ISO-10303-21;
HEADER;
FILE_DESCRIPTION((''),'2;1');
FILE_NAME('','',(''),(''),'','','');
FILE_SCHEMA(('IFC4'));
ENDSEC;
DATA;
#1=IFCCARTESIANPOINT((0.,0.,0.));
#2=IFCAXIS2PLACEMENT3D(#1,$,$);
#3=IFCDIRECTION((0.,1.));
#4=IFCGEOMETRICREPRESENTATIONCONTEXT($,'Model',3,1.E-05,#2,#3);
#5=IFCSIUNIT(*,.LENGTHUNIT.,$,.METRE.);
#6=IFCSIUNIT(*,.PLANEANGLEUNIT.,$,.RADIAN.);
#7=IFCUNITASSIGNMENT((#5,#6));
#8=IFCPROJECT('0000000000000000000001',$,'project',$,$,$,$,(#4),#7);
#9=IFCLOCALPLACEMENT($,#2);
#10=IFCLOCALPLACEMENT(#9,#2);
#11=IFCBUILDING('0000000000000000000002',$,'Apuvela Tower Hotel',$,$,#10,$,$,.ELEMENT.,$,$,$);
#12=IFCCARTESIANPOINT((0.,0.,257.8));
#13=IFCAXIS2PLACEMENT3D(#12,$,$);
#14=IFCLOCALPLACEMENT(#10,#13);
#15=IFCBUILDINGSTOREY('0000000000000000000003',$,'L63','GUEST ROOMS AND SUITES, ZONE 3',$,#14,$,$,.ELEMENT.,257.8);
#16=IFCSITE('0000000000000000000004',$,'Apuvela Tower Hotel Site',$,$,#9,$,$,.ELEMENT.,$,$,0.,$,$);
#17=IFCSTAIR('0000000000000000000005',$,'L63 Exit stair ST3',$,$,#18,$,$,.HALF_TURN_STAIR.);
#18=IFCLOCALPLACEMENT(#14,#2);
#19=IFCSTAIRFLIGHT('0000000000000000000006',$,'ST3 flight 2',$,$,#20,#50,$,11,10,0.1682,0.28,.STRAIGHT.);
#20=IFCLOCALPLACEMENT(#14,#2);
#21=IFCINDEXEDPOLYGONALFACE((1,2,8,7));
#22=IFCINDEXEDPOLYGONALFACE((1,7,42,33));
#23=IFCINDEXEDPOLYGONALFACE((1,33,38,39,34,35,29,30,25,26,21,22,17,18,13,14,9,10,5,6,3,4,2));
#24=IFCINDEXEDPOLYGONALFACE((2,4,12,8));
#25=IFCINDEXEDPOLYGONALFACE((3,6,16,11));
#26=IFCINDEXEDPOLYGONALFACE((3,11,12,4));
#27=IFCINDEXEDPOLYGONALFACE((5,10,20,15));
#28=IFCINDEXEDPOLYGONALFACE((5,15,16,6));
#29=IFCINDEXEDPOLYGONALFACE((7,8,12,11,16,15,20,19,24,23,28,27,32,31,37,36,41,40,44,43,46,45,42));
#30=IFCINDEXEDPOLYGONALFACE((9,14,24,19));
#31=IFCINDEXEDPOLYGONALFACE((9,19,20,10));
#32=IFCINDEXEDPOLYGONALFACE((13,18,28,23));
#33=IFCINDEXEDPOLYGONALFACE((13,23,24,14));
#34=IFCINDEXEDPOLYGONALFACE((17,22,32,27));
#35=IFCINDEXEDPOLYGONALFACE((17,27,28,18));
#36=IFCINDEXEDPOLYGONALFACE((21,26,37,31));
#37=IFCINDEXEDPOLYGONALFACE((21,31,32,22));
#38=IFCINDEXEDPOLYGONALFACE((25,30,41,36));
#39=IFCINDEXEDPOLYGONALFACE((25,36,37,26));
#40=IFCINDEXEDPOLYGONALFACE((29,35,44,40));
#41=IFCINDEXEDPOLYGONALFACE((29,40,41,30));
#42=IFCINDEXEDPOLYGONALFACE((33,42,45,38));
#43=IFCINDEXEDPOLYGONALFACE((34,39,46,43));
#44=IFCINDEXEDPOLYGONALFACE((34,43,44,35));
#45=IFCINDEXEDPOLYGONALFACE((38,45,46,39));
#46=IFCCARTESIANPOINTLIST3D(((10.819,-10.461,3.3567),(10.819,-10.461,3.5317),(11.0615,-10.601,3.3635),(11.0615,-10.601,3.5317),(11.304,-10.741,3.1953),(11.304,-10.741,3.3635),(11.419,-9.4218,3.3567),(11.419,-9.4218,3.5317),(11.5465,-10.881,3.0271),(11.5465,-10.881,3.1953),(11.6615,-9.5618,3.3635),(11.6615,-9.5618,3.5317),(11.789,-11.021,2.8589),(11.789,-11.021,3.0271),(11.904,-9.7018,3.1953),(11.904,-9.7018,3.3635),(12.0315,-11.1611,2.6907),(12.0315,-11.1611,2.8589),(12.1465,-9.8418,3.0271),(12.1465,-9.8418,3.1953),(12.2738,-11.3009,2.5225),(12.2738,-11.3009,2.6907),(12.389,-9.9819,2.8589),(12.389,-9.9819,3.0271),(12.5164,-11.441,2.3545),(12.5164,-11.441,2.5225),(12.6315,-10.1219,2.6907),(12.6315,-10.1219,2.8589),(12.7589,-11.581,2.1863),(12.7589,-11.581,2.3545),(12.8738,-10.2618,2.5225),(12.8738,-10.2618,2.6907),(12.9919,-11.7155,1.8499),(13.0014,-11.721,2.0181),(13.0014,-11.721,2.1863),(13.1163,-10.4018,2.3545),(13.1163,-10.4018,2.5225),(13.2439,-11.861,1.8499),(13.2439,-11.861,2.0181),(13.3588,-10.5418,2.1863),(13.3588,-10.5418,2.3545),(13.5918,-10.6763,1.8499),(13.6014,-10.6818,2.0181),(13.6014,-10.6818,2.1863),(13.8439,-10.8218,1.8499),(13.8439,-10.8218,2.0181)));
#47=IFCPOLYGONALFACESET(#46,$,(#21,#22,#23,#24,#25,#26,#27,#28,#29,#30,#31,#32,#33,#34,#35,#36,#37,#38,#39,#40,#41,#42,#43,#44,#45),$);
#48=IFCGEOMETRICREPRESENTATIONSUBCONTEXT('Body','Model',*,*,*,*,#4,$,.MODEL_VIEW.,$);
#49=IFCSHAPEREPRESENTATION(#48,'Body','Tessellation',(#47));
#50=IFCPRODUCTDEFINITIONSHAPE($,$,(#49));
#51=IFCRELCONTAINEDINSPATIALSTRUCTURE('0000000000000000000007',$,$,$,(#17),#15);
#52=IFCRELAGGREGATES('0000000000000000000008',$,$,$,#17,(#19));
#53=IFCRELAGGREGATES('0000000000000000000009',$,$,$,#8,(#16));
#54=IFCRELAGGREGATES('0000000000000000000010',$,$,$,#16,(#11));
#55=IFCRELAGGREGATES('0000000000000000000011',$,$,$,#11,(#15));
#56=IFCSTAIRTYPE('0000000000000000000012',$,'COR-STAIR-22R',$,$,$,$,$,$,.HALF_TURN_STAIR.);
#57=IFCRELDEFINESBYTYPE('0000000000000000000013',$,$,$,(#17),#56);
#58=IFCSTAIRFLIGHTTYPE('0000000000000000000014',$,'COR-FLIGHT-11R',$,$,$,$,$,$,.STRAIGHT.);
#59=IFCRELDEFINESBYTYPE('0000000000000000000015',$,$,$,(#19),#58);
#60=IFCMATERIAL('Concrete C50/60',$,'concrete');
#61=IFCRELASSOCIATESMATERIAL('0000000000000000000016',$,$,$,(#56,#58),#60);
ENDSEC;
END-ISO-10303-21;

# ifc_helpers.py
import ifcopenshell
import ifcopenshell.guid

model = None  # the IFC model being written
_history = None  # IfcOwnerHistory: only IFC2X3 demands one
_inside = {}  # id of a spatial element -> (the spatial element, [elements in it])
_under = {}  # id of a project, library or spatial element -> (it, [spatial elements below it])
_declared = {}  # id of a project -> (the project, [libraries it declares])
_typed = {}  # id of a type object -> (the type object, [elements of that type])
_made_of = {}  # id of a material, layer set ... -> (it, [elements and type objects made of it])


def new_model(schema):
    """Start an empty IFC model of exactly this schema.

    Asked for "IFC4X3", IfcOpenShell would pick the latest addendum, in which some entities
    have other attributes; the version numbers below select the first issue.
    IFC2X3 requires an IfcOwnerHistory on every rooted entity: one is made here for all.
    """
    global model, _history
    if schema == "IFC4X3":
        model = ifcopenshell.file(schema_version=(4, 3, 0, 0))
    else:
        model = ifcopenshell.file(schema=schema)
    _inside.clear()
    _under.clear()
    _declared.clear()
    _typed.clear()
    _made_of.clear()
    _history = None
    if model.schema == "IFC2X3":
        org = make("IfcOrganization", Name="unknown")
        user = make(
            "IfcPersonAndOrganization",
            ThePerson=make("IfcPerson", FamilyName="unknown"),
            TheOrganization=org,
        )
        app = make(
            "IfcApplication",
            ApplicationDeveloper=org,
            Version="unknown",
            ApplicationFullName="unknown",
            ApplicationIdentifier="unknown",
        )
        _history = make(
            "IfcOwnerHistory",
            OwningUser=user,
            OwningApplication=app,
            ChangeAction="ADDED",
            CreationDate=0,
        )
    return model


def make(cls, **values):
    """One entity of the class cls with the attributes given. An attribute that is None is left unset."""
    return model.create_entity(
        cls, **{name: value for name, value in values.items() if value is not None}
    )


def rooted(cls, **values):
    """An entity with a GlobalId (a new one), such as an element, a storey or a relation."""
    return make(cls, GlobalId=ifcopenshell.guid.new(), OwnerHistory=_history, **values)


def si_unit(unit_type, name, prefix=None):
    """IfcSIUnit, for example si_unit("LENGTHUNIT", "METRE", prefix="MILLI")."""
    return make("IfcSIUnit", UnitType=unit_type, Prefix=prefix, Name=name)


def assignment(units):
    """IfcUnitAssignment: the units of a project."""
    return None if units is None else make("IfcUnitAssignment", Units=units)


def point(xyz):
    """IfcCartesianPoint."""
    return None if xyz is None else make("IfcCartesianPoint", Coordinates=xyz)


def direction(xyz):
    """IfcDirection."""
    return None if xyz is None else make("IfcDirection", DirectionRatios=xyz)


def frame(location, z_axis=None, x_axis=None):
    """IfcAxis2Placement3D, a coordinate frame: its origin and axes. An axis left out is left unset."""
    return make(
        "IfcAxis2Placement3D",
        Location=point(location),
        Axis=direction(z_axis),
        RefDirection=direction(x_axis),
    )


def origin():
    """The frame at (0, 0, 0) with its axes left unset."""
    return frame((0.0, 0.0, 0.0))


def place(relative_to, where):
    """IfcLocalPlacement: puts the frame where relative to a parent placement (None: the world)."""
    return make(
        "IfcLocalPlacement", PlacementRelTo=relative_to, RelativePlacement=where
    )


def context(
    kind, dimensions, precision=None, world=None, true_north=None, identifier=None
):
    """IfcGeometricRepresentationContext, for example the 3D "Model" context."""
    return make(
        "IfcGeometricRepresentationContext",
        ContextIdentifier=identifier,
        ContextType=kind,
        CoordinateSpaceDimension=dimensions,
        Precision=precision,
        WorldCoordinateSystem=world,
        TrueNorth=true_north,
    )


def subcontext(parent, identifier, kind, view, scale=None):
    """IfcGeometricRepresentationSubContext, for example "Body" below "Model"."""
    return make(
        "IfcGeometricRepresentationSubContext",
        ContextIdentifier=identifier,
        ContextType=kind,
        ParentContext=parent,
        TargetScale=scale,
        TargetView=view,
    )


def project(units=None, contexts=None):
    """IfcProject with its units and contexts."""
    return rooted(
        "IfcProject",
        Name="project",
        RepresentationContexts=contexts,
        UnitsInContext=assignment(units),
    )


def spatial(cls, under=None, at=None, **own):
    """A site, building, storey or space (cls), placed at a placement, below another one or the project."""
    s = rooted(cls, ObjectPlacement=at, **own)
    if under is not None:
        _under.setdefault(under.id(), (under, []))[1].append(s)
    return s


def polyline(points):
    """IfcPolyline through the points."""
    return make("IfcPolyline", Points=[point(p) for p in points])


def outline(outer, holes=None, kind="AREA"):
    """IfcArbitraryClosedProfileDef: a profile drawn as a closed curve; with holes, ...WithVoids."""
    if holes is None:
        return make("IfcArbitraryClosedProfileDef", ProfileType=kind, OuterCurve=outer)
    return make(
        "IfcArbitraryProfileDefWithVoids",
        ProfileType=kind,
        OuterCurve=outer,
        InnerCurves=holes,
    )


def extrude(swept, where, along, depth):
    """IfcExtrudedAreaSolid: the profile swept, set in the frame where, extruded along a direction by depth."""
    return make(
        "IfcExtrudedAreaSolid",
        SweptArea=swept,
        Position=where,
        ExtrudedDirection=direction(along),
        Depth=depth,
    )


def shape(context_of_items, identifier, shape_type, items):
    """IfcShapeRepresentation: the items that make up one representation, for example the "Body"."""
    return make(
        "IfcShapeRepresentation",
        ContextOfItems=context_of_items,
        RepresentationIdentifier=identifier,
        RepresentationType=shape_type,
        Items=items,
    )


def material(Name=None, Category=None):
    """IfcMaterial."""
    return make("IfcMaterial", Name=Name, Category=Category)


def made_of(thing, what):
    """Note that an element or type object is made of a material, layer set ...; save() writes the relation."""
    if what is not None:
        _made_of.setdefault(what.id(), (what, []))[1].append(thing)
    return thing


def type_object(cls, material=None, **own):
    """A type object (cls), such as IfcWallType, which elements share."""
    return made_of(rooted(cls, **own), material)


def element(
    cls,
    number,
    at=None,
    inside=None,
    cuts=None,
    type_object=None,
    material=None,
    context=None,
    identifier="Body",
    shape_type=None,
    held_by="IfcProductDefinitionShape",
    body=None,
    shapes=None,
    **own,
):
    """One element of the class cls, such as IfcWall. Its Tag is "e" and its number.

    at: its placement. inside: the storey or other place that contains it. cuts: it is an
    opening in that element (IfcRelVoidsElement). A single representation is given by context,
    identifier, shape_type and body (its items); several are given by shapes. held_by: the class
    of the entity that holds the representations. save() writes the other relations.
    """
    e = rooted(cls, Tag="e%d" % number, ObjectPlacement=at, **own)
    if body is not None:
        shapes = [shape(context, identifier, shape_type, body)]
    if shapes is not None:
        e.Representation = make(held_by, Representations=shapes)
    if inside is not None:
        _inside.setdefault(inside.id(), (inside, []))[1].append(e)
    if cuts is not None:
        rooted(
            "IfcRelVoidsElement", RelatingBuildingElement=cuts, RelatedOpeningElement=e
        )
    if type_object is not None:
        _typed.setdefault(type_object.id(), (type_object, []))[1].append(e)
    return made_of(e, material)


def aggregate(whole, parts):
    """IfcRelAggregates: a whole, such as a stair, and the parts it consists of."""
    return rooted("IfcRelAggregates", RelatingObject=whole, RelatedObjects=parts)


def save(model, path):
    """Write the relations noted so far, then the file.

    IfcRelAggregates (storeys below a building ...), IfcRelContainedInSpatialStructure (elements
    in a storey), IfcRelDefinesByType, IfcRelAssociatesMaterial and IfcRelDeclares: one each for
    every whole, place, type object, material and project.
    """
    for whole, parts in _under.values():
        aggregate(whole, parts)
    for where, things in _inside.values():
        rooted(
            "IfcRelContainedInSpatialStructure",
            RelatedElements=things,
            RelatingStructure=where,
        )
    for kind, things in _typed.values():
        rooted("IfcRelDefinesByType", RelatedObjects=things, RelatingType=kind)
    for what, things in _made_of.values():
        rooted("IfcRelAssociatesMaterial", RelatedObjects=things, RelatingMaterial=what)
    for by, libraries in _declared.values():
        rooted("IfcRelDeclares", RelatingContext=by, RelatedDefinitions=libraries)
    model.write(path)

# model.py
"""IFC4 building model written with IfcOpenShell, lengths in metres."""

from ifc_helpers import new_model, si_unit, direction, frame, origin, place, context, subcontext, project, spatial, polyline, outline, extrude, material, type_object, element, aggregate, save


model = new_model("IFC4")

# Units and contexts
model_context = context("Model", 3, precision=1e-05, world=origin(), true_north=direction((0.0, 1.0)))
body_context = subcontext(model_context, "Body", "Model", "MODEL_VIEW")
ifc_project = project(units=[si_unit("LENGTHUNIT", "METRE"), si_unit("PLANEANGLEUNIT", "RADIAN")], contexts=[model_context])

# Site, building, storey
site_placement = place(None, origin())
site = spatial("IfcSite", under=ifc_project, at=site_placement, Name="Apuvela Tower Hotel Site", CompositionType="ELEMENT", RefElevation=0.0)
building_placement = place(site_placement, origin())
building = spatial("IfcBuilding", under=site, at=building_placement, Name="Apuvela Tower Hotel", CompositionType="ELEMENT")
storey_placement = place(building_placement, frame((0.0, 0.0, 257.8)))
storey = spatial("IfcBuildingStorey", under=building, at=storey_placement, Name="L63", Description="GUEST ROOMS AND SUITES, ZONE 3", CompositionType="ELEMENT", Elevation=257.8)

# Shared definitions
ifc_material_1 = material(Name="Concrete C50/60", Category="concrete")

# Stair, stair flight
stair_type = type_object("IfcStairType", Name="COR-STAIR-22R", PredefinedType="HALF_TURN_STAIR", material=ifc_material_1)
stair_placement = place(storey_placement, origin())
stair = element("IfcStair", 1, at=stair_placement, inside=storey, type_object=stair_type, Name="L63 Exit stair ST3", PredefinedType="HALF_TURN_STAIR")
stair_flight_type = type_object("IfcStairFlightType", Name="COR-FLIGHT-11R", PredefinedType="STRAIGHT", material=ifc_material_1)
stair_flight_placement = place(storey_placement, frame((13.5439, -11.3413, 1.8499), z_axis=(0.0, 0.0, 1.0), x_axis=(-0.866025, 0.5, 0.0)))
stair_flight = element("IfcStairFlight", 2, at=stair_flight_placement, type_object=stair_flight_type, Name="ST3 flight 2", NumberOfRisers=11, NumberOfTreads=10, PredefinedType="STRAIGHT", RiserHeight=0.1682, TreadLength=0.28, context=body_context, shape_type="SweptSolid", body=[
    extrude(outline(polyline([(0.0, 0.0), (0.0, 0.1682), (0.28, 0.1682), (0.28, 0.3364), (0.5601, 0.3364), (0.5601, 0.5046), (0.8401, 0.5046), (0.8401, 0.6726), (1.1201, 0.6726), (1.1201, 0.8408), (1.3999, 0.8408), (1.3999, 1.009), (1.6799, 1.009), (1.6799, 1.1772), (1.96, 1.1772), (1.96, 1.3455), (2.24, 1.3455), (2.24, 1.5137), (2.52, 1.5137), (2.52, 1.6819), (2.8, 1.6819), (2.8, 1.8501), (2.8, 1.5068), (0.291, 0.0), (0.0, 0.0)])), frame((0.0, 0.6001, 0.0), z_axis=(0.0, -1.0, 0.0), x_axis=(1.0, 0.0, 0.0)), (0.0, 0.0, 1.0), 1.2),
])
aggregate(stair, [stair_flight])

save(model, "model.ifc")
